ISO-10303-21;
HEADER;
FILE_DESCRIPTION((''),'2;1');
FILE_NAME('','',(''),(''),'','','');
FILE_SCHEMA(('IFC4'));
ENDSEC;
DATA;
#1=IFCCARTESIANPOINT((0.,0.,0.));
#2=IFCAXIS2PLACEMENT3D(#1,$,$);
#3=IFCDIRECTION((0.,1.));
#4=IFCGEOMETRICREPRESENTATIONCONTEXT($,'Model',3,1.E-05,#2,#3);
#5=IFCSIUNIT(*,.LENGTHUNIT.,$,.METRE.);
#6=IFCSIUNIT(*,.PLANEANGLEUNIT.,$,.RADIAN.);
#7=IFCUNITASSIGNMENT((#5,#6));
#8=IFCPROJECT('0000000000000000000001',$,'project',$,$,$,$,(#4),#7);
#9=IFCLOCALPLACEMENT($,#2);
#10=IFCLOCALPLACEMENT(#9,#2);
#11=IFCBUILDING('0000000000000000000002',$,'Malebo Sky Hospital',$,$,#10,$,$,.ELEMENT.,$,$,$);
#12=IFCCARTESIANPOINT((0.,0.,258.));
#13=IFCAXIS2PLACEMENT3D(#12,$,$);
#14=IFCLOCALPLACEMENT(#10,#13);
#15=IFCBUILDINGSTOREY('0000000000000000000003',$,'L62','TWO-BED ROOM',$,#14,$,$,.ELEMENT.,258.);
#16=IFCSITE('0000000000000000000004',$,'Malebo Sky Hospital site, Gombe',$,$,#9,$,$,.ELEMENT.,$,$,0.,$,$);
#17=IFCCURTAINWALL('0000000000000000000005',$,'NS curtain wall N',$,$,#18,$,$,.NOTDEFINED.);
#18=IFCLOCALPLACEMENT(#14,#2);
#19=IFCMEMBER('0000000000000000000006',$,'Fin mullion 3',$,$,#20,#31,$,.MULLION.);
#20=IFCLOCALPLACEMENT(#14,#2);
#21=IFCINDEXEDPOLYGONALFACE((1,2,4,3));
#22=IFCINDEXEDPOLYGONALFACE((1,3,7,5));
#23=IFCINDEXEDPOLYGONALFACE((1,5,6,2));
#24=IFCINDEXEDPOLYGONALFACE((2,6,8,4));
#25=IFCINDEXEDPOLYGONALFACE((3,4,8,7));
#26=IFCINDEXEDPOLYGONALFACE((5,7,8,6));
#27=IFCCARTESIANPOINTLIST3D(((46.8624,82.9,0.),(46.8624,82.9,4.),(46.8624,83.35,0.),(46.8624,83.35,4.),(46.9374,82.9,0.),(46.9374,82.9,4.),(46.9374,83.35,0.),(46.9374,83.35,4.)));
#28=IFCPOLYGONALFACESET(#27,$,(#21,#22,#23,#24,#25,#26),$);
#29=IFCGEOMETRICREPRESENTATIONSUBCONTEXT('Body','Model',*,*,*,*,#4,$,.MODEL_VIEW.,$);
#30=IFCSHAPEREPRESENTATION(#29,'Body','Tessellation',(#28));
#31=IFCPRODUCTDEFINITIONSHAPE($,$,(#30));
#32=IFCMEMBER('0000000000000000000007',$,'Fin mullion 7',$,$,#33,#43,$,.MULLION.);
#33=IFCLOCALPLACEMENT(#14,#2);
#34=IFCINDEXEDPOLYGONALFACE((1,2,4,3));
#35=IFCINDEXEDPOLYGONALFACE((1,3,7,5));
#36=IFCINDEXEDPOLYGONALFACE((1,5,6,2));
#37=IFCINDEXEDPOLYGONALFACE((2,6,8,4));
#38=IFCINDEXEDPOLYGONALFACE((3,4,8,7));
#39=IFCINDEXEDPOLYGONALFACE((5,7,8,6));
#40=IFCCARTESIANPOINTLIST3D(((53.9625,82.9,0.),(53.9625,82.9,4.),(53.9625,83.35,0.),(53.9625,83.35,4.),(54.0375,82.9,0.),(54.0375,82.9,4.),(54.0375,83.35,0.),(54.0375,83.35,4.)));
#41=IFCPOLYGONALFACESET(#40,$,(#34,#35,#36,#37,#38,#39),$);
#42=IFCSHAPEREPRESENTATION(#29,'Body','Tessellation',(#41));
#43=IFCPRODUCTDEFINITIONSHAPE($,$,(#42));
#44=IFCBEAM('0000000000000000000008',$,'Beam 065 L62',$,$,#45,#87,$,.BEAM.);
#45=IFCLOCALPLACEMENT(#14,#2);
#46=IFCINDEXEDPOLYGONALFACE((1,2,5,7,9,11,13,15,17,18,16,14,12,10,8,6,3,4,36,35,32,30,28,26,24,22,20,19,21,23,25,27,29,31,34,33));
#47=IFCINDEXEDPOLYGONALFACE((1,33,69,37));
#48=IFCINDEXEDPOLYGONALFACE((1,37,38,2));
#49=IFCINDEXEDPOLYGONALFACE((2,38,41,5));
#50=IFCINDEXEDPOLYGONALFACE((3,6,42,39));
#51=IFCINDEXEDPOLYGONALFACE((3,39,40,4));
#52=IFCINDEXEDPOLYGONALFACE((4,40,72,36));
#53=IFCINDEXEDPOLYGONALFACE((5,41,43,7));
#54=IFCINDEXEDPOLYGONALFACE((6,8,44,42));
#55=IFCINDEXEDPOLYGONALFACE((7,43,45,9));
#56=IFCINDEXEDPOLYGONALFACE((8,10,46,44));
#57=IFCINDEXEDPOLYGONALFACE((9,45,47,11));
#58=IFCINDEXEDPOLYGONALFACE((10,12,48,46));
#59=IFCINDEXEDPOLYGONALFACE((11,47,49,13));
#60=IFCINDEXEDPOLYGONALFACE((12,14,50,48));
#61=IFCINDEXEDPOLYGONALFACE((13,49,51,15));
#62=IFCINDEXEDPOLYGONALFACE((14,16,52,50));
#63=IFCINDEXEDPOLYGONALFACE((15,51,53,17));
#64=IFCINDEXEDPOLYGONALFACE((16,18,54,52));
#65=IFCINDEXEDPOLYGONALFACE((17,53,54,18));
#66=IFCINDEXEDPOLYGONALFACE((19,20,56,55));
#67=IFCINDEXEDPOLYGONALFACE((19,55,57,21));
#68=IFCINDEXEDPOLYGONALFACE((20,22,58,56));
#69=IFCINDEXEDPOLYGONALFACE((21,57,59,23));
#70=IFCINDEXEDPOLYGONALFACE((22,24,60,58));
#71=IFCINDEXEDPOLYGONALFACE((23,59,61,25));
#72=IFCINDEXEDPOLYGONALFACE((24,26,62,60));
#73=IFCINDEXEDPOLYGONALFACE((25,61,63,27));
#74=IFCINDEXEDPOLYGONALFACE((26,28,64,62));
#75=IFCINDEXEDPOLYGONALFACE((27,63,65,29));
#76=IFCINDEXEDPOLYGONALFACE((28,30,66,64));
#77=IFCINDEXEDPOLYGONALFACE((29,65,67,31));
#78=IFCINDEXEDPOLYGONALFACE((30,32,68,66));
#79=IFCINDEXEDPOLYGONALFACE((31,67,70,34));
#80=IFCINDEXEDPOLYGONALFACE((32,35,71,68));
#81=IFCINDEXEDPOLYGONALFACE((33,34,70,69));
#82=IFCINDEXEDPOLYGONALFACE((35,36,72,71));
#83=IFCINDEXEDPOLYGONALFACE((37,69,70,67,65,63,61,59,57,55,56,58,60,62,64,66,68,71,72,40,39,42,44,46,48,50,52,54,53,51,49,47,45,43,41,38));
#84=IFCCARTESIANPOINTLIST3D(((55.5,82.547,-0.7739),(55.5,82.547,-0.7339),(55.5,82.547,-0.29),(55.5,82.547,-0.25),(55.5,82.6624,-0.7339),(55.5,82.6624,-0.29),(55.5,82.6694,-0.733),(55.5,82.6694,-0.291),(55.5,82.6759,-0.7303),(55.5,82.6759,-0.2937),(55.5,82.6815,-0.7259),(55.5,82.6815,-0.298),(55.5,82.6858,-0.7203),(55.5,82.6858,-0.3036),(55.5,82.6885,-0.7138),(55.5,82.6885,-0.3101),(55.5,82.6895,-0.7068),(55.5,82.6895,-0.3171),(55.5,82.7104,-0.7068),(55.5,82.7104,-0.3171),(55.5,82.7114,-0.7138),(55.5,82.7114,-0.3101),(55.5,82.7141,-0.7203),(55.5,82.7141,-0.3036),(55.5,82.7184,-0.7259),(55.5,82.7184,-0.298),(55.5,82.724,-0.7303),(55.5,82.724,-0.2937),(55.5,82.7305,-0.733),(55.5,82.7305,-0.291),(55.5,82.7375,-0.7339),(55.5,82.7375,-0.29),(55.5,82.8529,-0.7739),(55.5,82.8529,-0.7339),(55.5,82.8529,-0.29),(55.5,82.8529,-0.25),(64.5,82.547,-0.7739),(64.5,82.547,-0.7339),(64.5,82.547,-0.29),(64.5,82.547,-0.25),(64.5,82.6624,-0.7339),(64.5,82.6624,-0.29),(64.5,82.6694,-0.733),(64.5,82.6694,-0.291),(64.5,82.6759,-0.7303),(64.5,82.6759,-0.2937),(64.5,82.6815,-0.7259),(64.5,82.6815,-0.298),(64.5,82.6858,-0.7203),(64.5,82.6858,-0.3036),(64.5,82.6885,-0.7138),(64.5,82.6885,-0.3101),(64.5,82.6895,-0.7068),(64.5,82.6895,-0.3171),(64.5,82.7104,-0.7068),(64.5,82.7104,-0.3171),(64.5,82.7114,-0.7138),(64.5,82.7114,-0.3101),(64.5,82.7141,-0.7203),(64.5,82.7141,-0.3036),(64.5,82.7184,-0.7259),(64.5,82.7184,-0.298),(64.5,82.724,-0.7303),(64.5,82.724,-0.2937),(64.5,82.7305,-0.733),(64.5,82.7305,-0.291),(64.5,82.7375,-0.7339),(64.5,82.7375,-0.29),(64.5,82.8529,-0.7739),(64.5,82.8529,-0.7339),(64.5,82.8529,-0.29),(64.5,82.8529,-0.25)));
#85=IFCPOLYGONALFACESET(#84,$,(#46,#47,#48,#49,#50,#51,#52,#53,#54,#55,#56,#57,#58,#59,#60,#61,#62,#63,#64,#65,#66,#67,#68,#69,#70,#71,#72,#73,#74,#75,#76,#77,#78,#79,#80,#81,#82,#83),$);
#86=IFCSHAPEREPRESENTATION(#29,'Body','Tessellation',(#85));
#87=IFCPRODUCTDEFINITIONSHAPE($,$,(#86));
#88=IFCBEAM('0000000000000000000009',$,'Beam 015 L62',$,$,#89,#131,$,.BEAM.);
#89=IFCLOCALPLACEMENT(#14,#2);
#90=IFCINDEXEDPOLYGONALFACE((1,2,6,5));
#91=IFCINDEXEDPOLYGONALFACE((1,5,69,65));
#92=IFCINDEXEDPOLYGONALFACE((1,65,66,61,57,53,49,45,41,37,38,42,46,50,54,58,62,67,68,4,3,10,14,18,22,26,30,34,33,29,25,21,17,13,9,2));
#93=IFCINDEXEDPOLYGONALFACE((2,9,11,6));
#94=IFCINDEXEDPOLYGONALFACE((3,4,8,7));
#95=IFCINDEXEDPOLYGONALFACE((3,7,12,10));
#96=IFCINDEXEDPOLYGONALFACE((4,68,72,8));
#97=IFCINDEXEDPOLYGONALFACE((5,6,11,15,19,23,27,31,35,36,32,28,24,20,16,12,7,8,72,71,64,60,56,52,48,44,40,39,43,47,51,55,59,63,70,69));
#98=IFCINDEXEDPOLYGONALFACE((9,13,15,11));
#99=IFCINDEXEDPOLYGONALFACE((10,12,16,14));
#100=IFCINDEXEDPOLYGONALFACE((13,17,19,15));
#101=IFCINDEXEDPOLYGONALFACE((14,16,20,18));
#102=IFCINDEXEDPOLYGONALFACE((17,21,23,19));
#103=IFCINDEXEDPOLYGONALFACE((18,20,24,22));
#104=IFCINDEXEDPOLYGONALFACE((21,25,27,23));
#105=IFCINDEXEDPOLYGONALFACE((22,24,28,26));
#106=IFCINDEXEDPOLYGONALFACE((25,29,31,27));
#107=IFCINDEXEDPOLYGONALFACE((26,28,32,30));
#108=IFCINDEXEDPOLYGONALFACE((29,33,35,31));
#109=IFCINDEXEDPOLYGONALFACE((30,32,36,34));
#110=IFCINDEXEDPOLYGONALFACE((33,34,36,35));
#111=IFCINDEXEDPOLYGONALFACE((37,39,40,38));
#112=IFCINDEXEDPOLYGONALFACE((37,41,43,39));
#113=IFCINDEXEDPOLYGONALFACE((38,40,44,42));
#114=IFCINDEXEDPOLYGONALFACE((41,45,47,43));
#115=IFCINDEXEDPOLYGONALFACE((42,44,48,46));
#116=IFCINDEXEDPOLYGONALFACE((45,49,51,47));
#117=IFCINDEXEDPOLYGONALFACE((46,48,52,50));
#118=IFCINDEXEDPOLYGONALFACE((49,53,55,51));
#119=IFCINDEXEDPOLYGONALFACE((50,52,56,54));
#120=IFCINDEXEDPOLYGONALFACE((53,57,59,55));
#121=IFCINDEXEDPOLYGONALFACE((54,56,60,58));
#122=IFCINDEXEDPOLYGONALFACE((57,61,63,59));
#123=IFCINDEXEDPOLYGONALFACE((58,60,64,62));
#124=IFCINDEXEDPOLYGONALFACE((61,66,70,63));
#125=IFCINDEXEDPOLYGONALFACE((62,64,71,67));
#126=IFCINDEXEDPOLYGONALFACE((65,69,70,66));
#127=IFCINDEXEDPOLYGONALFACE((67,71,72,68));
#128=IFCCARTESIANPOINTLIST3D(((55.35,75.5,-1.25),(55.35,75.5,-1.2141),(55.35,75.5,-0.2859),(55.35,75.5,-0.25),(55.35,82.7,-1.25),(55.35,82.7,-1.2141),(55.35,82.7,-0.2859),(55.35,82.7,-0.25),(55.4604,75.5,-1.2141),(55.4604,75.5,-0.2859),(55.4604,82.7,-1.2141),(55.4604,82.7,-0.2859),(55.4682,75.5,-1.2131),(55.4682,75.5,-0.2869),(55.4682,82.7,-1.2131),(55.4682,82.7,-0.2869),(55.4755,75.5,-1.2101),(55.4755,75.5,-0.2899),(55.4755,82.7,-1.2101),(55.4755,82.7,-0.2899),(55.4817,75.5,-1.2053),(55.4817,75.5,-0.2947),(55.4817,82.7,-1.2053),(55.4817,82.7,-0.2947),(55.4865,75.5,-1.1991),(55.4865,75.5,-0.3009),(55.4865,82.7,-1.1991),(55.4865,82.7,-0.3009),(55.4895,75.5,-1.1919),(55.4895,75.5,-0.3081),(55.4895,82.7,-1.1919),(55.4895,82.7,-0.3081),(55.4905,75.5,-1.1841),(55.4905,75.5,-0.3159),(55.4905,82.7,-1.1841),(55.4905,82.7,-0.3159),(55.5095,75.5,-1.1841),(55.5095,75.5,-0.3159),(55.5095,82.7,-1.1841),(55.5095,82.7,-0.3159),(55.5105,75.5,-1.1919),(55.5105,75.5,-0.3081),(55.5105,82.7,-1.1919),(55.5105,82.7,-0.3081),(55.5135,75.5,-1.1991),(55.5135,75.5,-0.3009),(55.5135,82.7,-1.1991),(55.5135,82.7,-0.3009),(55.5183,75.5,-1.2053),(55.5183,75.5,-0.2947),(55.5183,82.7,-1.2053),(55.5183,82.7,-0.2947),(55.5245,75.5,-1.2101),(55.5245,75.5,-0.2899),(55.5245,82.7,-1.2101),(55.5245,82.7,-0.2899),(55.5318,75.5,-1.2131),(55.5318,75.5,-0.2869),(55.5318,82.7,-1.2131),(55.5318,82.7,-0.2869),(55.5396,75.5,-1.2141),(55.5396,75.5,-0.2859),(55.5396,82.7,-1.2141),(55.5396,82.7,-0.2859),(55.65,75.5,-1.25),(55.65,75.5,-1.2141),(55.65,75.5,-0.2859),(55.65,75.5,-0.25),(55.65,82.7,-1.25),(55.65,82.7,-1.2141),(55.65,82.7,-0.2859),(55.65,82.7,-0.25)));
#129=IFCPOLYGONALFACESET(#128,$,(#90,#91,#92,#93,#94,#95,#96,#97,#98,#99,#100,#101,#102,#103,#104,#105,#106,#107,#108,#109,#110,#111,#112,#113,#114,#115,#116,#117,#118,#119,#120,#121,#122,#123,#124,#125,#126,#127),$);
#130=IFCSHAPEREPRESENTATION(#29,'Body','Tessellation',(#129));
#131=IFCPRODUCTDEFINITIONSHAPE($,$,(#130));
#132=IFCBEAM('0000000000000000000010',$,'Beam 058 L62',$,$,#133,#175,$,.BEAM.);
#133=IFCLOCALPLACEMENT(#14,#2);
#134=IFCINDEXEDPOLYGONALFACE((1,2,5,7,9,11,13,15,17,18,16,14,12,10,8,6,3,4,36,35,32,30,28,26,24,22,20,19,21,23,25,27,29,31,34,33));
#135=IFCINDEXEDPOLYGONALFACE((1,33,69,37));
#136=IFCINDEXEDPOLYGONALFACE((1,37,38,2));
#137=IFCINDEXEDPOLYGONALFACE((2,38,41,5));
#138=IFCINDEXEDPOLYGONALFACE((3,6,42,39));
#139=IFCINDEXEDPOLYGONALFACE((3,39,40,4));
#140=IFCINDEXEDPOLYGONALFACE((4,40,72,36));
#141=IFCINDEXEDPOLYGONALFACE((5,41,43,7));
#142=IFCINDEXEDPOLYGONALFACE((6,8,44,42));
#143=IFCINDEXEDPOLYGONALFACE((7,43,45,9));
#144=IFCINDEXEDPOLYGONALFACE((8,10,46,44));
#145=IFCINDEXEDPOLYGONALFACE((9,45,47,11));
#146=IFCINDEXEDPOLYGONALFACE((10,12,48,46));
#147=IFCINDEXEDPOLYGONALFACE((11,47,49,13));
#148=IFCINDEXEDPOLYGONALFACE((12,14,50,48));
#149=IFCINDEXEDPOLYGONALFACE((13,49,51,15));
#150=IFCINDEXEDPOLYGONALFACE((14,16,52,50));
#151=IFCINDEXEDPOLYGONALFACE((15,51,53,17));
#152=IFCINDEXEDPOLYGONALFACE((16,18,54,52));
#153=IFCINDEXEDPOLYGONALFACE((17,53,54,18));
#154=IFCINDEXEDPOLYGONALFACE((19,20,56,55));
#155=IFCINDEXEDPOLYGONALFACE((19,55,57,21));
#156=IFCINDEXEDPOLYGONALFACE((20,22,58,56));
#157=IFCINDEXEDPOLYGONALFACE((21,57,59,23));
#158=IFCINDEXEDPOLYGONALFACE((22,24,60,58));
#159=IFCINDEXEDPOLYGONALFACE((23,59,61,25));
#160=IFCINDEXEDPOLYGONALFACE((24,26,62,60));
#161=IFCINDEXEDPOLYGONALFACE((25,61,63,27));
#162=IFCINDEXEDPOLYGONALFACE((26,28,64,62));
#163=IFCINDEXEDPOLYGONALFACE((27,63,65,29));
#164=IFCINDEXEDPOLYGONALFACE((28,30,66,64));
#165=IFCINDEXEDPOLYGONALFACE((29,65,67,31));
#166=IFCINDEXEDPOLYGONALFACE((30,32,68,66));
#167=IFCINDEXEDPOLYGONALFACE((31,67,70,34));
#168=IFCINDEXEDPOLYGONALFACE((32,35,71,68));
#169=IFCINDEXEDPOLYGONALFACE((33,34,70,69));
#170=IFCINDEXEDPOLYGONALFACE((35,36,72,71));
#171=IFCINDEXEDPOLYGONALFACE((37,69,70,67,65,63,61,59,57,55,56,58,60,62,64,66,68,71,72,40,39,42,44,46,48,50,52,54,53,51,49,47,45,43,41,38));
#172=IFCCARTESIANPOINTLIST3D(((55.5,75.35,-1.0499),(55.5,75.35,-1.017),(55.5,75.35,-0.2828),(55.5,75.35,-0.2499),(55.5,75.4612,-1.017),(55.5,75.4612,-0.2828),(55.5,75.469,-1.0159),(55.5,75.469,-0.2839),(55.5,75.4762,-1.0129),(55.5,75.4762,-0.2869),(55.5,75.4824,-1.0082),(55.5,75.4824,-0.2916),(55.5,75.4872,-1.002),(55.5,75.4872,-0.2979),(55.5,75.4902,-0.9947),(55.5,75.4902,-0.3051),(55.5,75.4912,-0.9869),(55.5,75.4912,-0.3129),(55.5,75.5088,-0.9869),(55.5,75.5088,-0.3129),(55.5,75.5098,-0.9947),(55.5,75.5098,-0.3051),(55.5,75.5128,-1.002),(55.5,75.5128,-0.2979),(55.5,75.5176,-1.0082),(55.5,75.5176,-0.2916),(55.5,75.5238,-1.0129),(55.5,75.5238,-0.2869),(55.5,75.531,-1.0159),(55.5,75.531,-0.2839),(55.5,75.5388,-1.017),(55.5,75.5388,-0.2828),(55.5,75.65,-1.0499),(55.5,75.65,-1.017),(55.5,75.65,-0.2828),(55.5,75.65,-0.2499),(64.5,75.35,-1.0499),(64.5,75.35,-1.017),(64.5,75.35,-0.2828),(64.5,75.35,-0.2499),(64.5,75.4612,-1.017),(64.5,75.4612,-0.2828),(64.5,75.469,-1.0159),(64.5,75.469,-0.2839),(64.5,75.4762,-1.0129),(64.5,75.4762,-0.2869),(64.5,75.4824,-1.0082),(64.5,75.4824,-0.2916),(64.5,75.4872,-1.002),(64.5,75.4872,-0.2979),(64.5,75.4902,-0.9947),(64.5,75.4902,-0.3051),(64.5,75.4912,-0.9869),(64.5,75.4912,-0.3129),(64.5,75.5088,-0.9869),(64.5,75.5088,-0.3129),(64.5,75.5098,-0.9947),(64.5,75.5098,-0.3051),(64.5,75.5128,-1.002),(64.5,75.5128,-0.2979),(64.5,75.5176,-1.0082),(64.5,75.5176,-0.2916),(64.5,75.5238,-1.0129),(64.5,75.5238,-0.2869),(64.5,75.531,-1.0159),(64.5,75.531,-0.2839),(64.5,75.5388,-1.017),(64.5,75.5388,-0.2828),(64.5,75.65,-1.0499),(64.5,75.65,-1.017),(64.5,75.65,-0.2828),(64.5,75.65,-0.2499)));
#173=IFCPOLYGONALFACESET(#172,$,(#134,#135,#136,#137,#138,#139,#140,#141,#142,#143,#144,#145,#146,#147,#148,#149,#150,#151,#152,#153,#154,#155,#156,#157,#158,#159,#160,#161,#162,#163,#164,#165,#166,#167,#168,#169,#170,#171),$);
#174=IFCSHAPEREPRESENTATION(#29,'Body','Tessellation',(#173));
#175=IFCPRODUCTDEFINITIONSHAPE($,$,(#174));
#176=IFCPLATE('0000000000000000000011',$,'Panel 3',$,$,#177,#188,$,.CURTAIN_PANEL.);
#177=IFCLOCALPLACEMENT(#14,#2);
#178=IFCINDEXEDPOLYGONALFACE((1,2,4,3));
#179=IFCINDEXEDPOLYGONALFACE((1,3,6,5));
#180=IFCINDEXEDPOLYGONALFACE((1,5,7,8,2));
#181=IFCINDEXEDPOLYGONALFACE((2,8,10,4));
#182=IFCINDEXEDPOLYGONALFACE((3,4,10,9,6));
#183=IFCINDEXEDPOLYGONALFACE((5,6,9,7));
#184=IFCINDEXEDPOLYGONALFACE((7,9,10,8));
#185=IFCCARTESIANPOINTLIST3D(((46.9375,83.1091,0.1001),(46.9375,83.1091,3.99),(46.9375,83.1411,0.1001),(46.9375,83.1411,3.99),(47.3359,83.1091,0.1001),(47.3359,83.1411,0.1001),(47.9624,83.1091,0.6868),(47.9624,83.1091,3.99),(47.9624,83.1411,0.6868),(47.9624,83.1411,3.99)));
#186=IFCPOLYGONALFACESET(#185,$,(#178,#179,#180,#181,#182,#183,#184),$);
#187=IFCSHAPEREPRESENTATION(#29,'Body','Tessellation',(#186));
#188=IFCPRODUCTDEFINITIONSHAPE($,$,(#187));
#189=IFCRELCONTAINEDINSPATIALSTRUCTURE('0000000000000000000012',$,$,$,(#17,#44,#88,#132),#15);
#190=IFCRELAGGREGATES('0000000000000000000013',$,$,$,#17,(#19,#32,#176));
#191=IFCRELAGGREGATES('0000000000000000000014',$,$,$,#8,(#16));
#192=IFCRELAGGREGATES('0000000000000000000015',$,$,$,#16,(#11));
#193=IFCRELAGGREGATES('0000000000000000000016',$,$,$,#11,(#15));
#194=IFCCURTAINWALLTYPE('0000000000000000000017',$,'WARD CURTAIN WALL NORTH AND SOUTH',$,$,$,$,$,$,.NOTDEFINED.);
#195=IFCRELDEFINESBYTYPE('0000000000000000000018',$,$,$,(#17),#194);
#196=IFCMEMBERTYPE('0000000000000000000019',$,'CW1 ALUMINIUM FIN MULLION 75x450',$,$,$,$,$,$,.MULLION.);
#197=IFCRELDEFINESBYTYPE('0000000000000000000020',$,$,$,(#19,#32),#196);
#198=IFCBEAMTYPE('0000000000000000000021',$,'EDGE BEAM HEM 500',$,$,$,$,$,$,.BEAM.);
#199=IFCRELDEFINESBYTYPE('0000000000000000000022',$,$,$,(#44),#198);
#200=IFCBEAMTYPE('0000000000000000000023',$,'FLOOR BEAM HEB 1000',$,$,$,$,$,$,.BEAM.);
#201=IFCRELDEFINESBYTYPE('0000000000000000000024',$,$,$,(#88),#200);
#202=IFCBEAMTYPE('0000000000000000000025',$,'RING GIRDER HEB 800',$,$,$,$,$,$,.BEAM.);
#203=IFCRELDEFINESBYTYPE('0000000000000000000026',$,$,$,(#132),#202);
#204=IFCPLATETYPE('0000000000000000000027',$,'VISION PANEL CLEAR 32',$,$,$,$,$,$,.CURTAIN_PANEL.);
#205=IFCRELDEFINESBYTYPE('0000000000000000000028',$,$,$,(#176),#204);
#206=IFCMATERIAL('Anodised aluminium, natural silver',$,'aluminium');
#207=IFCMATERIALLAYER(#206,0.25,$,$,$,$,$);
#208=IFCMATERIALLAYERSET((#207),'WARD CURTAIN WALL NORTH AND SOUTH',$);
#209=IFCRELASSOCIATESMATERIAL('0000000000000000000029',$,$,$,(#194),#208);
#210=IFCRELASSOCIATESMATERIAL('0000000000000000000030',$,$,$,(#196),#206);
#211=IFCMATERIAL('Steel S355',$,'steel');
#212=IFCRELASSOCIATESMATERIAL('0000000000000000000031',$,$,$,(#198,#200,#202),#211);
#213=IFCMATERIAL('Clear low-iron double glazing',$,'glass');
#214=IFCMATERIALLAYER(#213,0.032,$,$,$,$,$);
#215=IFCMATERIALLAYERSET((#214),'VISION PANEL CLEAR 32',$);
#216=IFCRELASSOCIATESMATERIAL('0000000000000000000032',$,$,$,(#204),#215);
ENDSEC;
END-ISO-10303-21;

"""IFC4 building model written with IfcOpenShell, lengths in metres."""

from ifc_helpers import new_model, si_unit, direction, frame, origin, origin_2d, place, context, subcontext, project, spatial, polyline, rectangle, i_section, outline, extrude, material, layer, layer_set, material_profile, profile_set, type_object, element, aggregate, save


model = new_model("IFC4")

# Units and contexts
model_context = context("Model", 3, precision=1e-05, world=origin(), true_north=direction((0.0, 1.0)))
body_context = subcontext(model_context, "Body", "Model", "MODEL_VIEW")
ifc_project = project(units=[si_unit("LENGTHUNIT", "METRE"), si_unit("PLANEANGLEUNIT", "RADIAN")], contexts=[model_context])

# Site, building, storey
site_placement = place(None, origin())
site = spatial("IfcSite", under=ifc_project, at=site_placement, Name="Malebo Sky Hospital site, Gombe", CompositionType="ELEMENT", RefElevation=0.0)
building_placement = place(site_placement, origin())
building = spatial("IfcBuilding", under=site, at=building_placement, Name="Malebo Sky Hospital", CompositionType="ELEMENT")
storey_placement = place(building_placement, frame((0.0, 0.0, 258.0)))
storey = spatial("IfcBuildingStorey", under=building, at=storey_placement, Name="L62", Description="TWO-BED ROOM", CompositionType="ELEMENT", Elevation=258.0)

# Curtain wall
ifc_material_1 = material(Name="Anodised aluminium, natural silver", Category="aluminium")
ifc_layer_1 = layer(ifc_material_1, 0.25)
ifc_layer_set_1 = layer_set([ifc_layer_1], Name="WARD CURTAIN WALL NORTH AND SOUTH")
curtain_wall_type = type_object("IfcCurtainWallType", Name="WARD CURTAIN WALL NORTH AND SOUTH", PredefinedType="NOTDEFINED", material=ifc_layer_set_1)
curtain_wall_placement = place(storey_placement, origin())
curtain_wall = element("IfcCurtainWall", 1, at=curtain_wall_placement, inside=storey, type_object=curtain_wall_type, Name="NS curtain wall N", PredefinedType="NOTDEFINED")

# Members
ifc_material_2 = material(Name="Steel S355", Category="steel")
ifc_material_profile_1 = material_profile(ifc_material_1, rectangle(XDim=0.075, YDim=0.45, at=origin_2d()), Name="CW1 ALUMINIUM FIN MULLION 75x450")
ifc_profile_set_1 = profile_set([ifc_material_profile_1], Name="Anodised aluminium, natural silver")
member_type_1 = type_object("IfcMemberType", Name="CW1 ALUMINIUM FIN MULLION 75x450", PredefinedType="MULLION", material=ifc_profile_set_1)
member_1_placement = place(storey_placement, frame((46.8999, 83.125, 0.0), z_axis=(0.0, 0.0, 1.0), x_axis=(1.0, 0.0, 0.0)))
member_1 = element("IfcMember", 2, at=member_1_placement, type_object=member_type_1, Name="Fin mullion 3", PredefinedType="MULLION", context=body_context, shape_type="SweptSolid", body=[
    extrude(rectangle(XDim=0.075, YDim=0.45, at=origin_2d()), origin(), (0.0, 0.0, 1.0), 4.0),
])
member_2_placement = place(storey_placement, frame((54.0, 83.125, 0.0), z_axis=(0.0, 0.0, 1.0), x_axis=(1.0, 0.0, 0.0)))
member_2 = element("IfcMember", 3, at=member_2_placement, type_object=member_type_1, Name="Fin mullion 7", PredefinedType="MULLION", context=body_context, shape_type="SweptSolid", body=[
    extrude(rectangle(XDim=0.075, YDim=0.45, at=origin_2d()), origin(), (0.0, 0.0, 1.0), 4.0),
])

# Beams
ifc_material_profile_2 = material_profile(ifc_material_2, i_section(OverallWidth=0.3059, OverallDepth=0.5239, WebThickness=0.021, FlangeThickness=0.04, FilletRadius=0.0271, at=origin_2d()), Name="HEM 500")
ifc_profile_set_2 = profile_set([ifc_material_profile_2], Name="Steel S355")
beam_type_1 = type_object("IfcBeamType", Name="EDGE BEAM HEM 500", PredefinedType="BEAM", material=ifc_profile_set_2)
beam_1_placement = place(storey_placement, frame((55.5, 82.7, -0.512), z_axis=(1.0, 0.0, 0.0), x_axis=(0.0, 1.0, 0.0)))
element("IfcBeam", 4, at=beam_1_placement, inside=storey, type_object=beam_type_1, Name="Beam 065 L62", PredefinedType="BEAM", context=body_context, shape_type="SweptSolid", body=[
    extrude(i_section(OverallWidth=0.3059, OverallDepth=0.5239, WebThickness=0.021, FlangeThickness=0.04, FilletRadius=0.0271, at=origin_2d()), origin(), (0.0, 0.0, 1.0), 9.0),
])
ifc_material_profile_3 = material_profile(ifc_material_2, i_section(OverallWidth=0.3, OverallDepth=1.0, WebThickness=0.019, FlangeThickness=0.0359, FilletRadius=0.03, at=origin_2d()), Name="HEB 1000")
ifc_profile_set_3 = profile_set([ifc_material_profile_3], Name="Steel S355")
beam_type_2 = type_object("IfcBeamType", Name="FLOOR BEAM HEB 1000", PredefinedType="BEAM", material=ifc_profile_set_3)
beam_2_placement = place(storey_placement, frame((55.5, 75.5, -0.75), z_axis=(0.0, 1.0, 0.0), x_axis=(-1.0, 0.0, 0.0)))
element("IfcBeam", 5, at=beam_2_placement, inside=storey, type_object=beam_type_2, Name="Beam 015 L62", PredefinedType="BEAM", context=body_context, shape_type="SweptSolid", body=[
    extrude(i_section(OverallWidth=0.3, OverallDepth=1.0, WebThickness=0.019, FlangeThickness=0.0359, FilletRadius=0.03, at=origin_2d()), origin(), (0.0, 0.0, 1.0), 7.2),
])
ifc_material_profile_4 = material_profile(ifc_material_2, i_section(OverallWidth=0.3, OverallDepth=0.8, WebThickness=0.0176, FlangeThickness=0.033, FilletRadius=0.03, at=origin_2d()), Name="HEB 800")
ifc_profile_set_4 = profile_set([ifc_material_profile_4], Name="Steel S355")
beam_type_3 = type_object("IfcBeamType", Name="RING GIRDER HEB 800", PredefinedType="BEAM", material=ifc_profile_set_4)
beam_3_placement = place(storey_placement, frame((55.5, 75.5, -0.6499), z_axis=(1.0, 0.0, 0.0), x_axis=(0.0, 1.0, 0.0)))
element("IfcBeam", 6, at=beam_3_placement, inside=storey, type_object=beam_type_3, Name="Beam 058 L62", PredefinedType="BEAM", context=body_context, shape_type="SweptSolid", body=[
    extrude(i_section(OverallWidth=0.3, OverallDepth=0.8, WebThickness=0.0176, FlangeThickness=0.033, FilletRadius=0.03, at=origin_2d()), origin(), (0.0, 0.0, 1.0), 9.0),
])

# Plate
ifc_material_3 = material(Name="Clear low-iron double glazing", Category="glass")
ifc_layer_2 = layer(ifc_material_3, 0.032)
ifc_layer_set_2 = layer_set([ifc_layer_2], Name="VISION PANEL CLEAR 32")
plate_type = type_object("IfcPlateType", Name="VISION PANEL CLEAR 32", PredefinedType="CURTAIN_PANEL", material=ifc_layer_set_2)
plate_1_placement = place(storey_placement, frame((47.45, 83.125, 0.1001), z_axis=(0.0, 0.0, 1.0), x_axis=(1.0, 0.0, 0.0)))
plate_1 = element("IfcPlate", 7, at=plate_1_placement, type_object=plate_type, Name="Panel 3", PredefinedType="CURTAIN_PANEL", context=body_context, shape_type="SweptSolid", body=[
    extrude(outline(polyline([(-0.5125, 0.0), (-0.114, 0.0), (0.5125, 0.5867), (0.5125, 3.8899), (-0.5125, 3.8899), (-0.5125, 0.0)])), frame((0.0, 0.0161, 0.0), z_axis=(0.0, -1.0, 0.0), x_axis=(1.0, 0.0, 0.0)), (0.0, 0.0, 1.0), 0.032),
])
aggregate(curtain_wall, [member_1, member_2, plate_1])

save(model, "model.ifc")
